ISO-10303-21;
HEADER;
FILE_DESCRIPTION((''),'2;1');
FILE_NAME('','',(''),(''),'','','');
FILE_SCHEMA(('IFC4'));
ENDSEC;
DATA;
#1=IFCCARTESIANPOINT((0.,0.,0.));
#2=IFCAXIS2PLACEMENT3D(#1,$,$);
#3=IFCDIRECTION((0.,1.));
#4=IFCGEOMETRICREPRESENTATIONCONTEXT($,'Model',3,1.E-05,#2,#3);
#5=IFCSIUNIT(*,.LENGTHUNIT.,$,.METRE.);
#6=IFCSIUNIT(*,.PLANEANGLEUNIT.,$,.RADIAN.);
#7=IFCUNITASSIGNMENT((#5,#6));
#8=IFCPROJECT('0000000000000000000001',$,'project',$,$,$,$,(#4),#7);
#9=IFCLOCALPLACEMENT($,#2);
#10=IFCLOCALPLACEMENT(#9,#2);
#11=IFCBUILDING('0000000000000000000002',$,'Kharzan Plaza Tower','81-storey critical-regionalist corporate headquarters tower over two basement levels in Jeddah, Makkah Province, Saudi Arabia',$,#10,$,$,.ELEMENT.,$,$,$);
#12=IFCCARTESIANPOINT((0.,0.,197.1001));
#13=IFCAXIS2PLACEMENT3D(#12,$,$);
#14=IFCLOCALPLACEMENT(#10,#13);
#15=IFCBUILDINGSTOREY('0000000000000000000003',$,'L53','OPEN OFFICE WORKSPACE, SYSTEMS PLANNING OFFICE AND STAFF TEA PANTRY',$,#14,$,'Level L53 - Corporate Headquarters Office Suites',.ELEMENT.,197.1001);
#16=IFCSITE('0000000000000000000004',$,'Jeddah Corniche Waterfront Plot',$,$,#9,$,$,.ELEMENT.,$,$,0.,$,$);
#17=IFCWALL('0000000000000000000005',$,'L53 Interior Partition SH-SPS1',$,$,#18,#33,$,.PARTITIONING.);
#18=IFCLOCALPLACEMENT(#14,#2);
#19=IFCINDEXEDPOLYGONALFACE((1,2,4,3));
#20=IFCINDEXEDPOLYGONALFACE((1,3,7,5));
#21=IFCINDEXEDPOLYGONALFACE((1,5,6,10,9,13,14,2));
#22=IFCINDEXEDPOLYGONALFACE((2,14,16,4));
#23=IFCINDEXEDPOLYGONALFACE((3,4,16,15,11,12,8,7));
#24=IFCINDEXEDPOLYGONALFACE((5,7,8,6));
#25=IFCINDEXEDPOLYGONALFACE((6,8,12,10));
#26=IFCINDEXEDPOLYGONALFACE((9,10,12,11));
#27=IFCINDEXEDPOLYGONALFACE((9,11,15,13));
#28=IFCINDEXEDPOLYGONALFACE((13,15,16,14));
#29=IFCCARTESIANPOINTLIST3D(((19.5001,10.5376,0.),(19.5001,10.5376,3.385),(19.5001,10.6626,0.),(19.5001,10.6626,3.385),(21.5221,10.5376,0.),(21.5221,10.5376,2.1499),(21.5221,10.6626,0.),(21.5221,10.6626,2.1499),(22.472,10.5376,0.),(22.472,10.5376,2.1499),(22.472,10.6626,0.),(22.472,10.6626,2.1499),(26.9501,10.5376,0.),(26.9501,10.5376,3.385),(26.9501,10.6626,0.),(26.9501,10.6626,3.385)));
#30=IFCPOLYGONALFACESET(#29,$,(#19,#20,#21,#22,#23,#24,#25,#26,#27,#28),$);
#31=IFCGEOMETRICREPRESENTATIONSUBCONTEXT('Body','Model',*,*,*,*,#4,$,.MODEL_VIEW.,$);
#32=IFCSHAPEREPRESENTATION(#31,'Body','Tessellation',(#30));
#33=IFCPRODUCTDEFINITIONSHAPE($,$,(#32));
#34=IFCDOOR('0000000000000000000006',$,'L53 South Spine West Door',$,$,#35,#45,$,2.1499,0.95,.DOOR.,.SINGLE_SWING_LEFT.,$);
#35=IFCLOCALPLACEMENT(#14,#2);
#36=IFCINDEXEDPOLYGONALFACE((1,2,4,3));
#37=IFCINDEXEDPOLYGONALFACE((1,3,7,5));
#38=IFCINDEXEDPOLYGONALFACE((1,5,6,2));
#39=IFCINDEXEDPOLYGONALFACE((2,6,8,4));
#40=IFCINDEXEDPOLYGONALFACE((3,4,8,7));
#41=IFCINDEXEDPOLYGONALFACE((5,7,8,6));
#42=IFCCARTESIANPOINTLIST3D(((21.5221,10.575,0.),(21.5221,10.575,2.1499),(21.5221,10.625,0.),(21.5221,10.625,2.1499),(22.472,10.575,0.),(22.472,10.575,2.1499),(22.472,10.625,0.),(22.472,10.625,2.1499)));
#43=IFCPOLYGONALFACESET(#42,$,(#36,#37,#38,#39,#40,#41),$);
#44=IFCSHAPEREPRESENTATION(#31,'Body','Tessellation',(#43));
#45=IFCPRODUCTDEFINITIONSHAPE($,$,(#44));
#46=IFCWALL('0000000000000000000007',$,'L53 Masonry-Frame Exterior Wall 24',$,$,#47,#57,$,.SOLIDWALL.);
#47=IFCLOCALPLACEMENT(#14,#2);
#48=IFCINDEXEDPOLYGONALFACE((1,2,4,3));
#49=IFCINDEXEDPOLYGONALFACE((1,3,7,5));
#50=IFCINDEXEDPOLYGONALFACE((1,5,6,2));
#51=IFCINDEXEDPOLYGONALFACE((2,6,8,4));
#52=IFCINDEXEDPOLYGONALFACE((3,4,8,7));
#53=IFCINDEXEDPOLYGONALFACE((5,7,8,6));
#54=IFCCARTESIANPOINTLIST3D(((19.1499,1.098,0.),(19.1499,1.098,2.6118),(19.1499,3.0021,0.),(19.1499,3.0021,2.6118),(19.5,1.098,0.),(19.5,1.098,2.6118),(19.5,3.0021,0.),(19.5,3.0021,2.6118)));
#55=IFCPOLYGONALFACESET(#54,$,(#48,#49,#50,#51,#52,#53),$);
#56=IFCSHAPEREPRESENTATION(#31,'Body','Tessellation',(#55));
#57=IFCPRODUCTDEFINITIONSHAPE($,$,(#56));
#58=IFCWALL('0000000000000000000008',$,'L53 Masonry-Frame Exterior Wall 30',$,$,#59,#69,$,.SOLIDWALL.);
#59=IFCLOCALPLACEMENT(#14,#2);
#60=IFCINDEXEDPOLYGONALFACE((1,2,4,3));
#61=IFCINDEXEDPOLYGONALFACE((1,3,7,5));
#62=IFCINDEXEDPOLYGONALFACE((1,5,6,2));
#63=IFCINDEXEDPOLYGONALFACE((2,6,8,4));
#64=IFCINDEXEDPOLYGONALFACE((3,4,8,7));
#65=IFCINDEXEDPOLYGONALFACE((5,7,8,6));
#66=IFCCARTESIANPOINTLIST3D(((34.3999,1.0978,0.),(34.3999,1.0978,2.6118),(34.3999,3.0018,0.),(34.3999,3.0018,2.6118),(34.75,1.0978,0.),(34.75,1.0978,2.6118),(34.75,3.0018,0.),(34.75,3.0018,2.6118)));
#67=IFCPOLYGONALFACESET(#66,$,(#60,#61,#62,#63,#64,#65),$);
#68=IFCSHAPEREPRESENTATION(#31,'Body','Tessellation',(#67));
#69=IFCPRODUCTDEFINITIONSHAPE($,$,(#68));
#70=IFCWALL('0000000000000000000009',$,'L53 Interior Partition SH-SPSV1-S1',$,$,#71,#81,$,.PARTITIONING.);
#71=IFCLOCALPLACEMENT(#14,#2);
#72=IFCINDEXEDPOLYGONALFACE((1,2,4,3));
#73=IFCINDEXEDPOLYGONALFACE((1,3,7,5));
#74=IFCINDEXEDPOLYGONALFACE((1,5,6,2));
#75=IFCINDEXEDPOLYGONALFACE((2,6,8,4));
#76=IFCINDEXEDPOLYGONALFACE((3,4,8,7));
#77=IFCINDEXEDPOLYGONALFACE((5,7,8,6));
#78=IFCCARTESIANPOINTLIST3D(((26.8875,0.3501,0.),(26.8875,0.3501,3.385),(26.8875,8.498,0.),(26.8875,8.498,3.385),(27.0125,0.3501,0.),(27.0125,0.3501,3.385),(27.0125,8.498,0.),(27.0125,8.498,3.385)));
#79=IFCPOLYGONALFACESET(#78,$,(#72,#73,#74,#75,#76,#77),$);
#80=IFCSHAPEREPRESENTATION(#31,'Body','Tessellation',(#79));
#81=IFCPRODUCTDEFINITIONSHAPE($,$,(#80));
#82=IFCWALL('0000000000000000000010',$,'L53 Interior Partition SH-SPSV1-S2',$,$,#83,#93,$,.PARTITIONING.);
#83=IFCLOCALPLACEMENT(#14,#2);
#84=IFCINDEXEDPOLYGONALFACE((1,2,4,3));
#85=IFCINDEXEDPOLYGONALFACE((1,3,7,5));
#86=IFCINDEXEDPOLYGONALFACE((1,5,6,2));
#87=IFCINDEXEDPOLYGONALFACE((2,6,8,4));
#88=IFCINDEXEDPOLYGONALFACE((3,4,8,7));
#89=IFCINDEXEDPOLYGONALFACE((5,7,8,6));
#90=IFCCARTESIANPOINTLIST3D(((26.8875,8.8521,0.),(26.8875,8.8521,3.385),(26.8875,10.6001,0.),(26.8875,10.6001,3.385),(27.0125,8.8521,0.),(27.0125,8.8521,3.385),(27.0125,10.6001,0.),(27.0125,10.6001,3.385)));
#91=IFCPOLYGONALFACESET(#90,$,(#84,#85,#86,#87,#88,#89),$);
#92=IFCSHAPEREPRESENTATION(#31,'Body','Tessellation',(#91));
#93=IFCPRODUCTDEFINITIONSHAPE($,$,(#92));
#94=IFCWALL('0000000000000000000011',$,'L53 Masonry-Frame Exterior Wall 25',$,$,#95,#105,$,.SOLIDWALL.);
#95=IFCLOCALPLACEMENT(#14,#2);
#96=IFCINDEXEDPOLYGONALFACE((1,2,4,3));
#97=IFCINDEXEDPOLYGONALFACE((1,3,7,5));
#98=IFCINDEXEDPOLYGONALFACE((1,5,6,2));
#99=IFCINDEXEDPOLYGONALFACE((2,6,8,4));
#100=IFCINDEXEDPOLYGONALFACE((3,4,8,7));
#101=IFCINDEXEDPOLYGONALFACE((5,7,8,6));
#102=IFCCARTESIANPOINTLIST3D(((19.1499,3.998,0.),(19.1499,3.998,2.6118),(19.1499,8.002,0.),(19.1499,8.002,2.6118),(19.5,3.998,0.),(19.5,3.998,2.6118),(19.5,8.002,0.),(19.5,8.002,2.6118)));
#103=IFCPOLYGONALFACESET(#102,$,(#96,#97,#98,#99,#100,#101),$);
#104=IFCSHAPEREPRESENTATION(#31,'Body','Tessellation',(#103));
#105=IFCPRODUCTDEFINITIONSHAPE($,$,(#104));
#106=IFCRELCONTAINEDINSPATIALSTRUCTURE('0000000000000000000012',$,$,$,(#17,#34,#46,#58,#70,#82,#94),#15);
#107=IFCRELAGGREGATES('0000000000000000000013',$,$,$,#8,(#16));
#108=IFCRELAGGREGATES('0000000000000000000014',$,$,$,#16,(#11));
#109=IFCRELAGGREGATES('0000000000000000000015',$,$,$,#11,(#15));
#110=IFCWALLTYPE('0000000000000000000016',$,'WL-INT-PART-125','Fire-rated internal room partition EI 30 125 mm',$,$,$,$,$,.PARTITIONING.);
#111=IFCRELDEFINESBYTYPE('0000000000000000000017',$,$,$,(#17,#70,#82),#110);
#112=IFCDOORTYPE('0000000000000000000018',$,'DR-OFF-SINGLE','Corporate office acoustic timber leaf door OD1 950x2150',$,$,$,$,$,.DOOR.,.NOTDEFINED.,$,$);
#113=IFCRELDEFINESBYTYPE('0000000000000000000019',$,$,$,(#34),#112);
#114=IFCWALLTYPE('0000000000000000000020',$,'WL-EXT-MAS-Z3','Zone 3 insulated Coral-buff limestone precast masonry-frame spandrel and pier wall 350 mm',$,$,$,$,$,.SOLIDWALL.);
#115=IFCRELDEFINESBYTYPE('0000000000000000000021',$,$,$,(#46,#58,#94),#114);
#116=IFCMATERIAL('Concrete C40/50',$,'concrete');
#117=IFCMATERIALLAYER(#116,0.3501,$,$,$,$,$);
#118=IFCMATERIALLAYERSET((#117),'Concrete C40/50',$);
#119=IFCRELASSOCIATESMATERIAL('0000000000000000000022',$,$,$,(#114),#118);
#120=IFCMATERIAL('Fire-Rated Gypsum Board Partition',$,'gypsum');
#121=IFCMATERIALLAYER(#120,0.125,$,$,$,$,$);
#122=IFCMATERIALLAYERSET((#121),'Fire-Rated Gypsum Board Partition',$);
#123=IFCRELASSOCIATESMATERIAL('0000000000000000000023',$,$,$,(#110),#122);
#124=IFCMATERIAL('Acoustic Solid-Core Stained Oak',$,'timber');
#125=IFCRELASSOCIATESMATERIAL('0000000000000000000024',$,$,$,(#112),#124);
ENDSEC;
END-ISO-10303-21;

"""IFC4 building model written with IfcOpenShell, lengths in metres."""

from ifc_helpers import new_model, si_unit, direction, frame, frame_2d, origin, place, context, subcontext, project, spatial, rectangle, extrude, source, transform, mapped, material, layer, layer_set, type_object, element, fill, save


model = new_model("IFC4")

# Units and contexts
model_context = context("Model", 3, precision=1e-05, world=origin(), true_north=direction((0.0, 1.0)))
body_context = subcontext(model_context, "Body", "Model", "MODEL_VIEW")
ifc_project = project(units=[si_unit("LENGTHUNIT", "METRE"), si_unit("PLANEANGLEUNIT", "RADIAN")], contexts=[model_context])

# Site, building, storey
site_placement = place(None, origin())
site = spatial("IfcSite", under=ifc_project, at=site_placement, Name="Jeddah Corniche Waterfront Plot", CompositionType="ELEMENT", RefElevation=0.0)
building_placement = place(site_placement, origin())
building = spatial("IfcBuilding", under=site, at=building_placement, Name="Kharzan Plaza Tower", Description="81-storey critical-regionalist corporate headquarters tower over two basement levels in Jeddah, Makkah Province, Saudi Arabia", CompositionType="ELEMENT")
storey_placement = place(building_placement, frame((0.0, 0.0, 197.1001)))
storey = spatial("IfcBuildingStorey", under=building, at=storey_placement, Name="L53", Description="OPEN OFFICE WORKSPACE, SYSTEMS PLANNING OFFICE AND STAFF TEA PANTRY", LongName="Level L53 - Corporate Headquarters Office Suites", CompositionType="ELEMENT", Elevation=197.1001)

# Shared definitions
ifc_material_1 = material(Name="Concrete C40/50", Category="concrete")
ifc_layer_1 = layer(ifc_material_1, 0.3501)
ifc_layer_set_1 = layer_set([ifc_layer_1], Name="Concrete C40/50")
wall_type_1 = type_object("IfcWallType", Name="WL-EXT-MAS-Z3", Description="Zone 3 insulated Coral-buff limestone precast masonry-frame spandrel and pier wall 350 mm", PredefinedType="SOLIDWALL", material=ifc_layer_set_1)

# Wall, opening, door
ifc_material_2 = material(Name="Fire-Rated Gypsum Board Partition", Category="gypsum")
ifc_layer_2 = layer(ifc_material_2, 0.125)
ifc_layer_set_2 = layer_set([ifc_layer_2], Name="Fire-Rated Gypsum Board Partition")
wall_type_2 = type_object("IfcWallType", Name="WL-INT-PART-125", Description="Fire-rated internal room partition EI 30 125 mm", PredefinedType="PARTITIONING", material=ifc_layer_set_2)
wall_1_placement = place(storey_placement, frame((19.5, 10.6001, 0.0), z_axis=(0.0, 0.0, 1.0), x_axis=(1.0, 0.0, 0.0)))
wall_1 = element("IfcWall", 1, at=wall_1_placement, inside=storey, type_object=wall_type_2, Name="L53 Interior Partition SH-SPS1", PredefinedType="PARTITIONING", context=body_context, shape_type="SweptSolid", body=[
    extrude(rectangle(XDim=7.45, YDim=0.125, at=frame_2d((3.7251, 0.0))), origin(), (0.0, 0.0, 1.0), 3.385),
])
opening_1_placement = place(wall_1_placement, frame((2.022, 0.0, 0.0)))
opening_1 = element("IfcOpeningElement", 2, at=opening_1_placement, cuts=wall_1, PredefinedType="OPENING", context=body_context, shape_type="SweptSolid", body=[
    extrude(rectangle(XDim=0.95, YDim=2.1499, at=frame_2d((0.4751, 1.075))), frame((0.0, 0.0725, 0.0), z_axis=(0.0, -1.0, 0.0), x_axis=(1.0, 0.0, 0.0)), (0.0, 0.0, 1.0), 0.145),
])
ifc_material_3 = material(Name="Acoustic Solid-Core Stained Oak", Category="timber")
door_type = type_object("IfcDoorType", Name="DR-OFF-SINGLE", Description="Corporate office acoustic timber leaf door OD1 950x2150", OperationType="NOTDEFINED", PredefinedType="DOOR", material=ifc_material_3)
shared_shape_1 = source(origin(), body_context, "Body", "SweptSolid", [
    extrude(rectangle(XDim=0.95, YDim=2.1499, at=frame_2d((0.4751, 1.075))), frame((0.0, 0.0249, 0.0), z_axis=(0.0, -1.0, 0.0), x_axis=(1.0, 0.0, 0.0)), (0.0, 0.0, 1.0), 0.05),
])
door_placement = place(opening_1_placement, origin())
door = element("IfcDoor", 3, at=door_placement, inside=storey, type_object=door_type, Name="L53 South Spine West Door", OperationType="SINGLE_SWING_LEFT", OverallHeight=2.1499, OverallWidth=0.95, PredefinedType="DOOR", context=body_context, shape_type="MappedRepresentation", body=[
    mapped(shared_shape_1, transform((0.0, 0.0, 0.0), x_axis=(1.0, 0.0, 0.0), y_axis=(0.0, 1.0, 0.0), z_axis=(0.0, 0.0, 1.0))),
])
fill(opening_1, door)

# Walls
shared_shape_2 = source(origin(), body_context, "Body", "SweptSolid", [
    extrude(rectangle(XDim=1.9041, YDim=0.3501, at=frame_2d((0.9521, 0.0))), origin(), (0.0, 0.0, 1.0), 2.6118),
])
for number, where, z_axis, x_axis, name in (
    (4, (19.325, 1.0979, 0.0), (0.0, 0.0, 1.0), (0.0, 1.0, 0.0), "L53 Masonry-Frame Exterior Wall 24"),
    (5, (34.575, 3.002, 0.0), (0.0, 0.0, 1.0), (0.0, -1.0, 0.0), "L53 Masonry-Frame Exterior Wall 30"),
):
    element("IfcWall", number, at=place(storey_placement, frame(where, z_axis=z_axis, x_axis=x_axis)), inside=storey, type_object=wall_type_1, Name=name, PredefinedType="SOLIDWALL", context=body_context, shape_type="MappedRepresentation", body=[
        mapped(shared_shape_2, transform((0.0, 0.0, 0.0), x_axis=(1.0, 0.0, 0.0), y_axis=(0.0, 1.0, 0.0), z_axis=(0.0, 0.0, 1.0))),
    ])
shared_shape_3 = source(origin(), body_context, "Body", "SweptSolid", [
    extrude(rectangle(XDim=8.1479, YDim=0.125, at=frame_2d((4.074, 0.0))), origin(), (0.0, 0.0, 1.0), 3.385),
])
wall_2_placement = place(storey_placement, frame((26.95, 0.3501, 0.0), z_axis=(0.0, 0.0, 1.0), x_axis=(0.0, 1.0, 0.0)))
element("IfcWall", 6, at=wall_2_placement, inside=storey, type_object=wall_type_2, Name="L53 Interior Partition SH-SPSV1-S1", PredefinedType="PARTITIONING", context=body_context, shape_type="MappedRepresentation", body=[
    mapped(shared_shape_3, transform((0.0, 0.0, 0.0), x_axis=(1.0, 0.0, 0.0), y_axis=(0.0, 1.0, 0.0), z_axis=(0.0, 0.0, 1.0))),
])
shared_shape_4 = source(origin(), body_context, "Body", "SweptSolid", [
    extrude(rectangle(XDim=1.748, YDim=0.125, at=frame_2d((0.874, 0.0))), origin(), (0.0, 0.0, 1.0), 3.385),
])
wall_3_placement = place(storey_placement, frame((26.95, 8.8521, 0.0), z_axis=(0.0, 0.0, 1.0), x_axis=(0.0, 1.0, 0.0)))
element("IfcWall", 7, at=wall_3_placement, inside=storey, type_object=wall_type_2, Name="L53 Interior Partition SH-SPSV1-S2", PredefinedType="PARTITIONING", context=body_context, shape_type="MappedRepresentation", body=[
    mapped(shared_shape_4, transform((0.0, 0.0, 0.0), x_axis=(1.0, 0.0, 0.0), y_axis=(0.0, 1.0, 0.0), z_axis=(0.0, 0.0, 1.0))),
])
shared_shape_5 = source(origin(), body_context, "Body", "SweptSolid", [
    extrude(rectangle(XDim=4.0039, YDim=0.3501, at=frame_2d((2.002, 0.0))), origin(), (0.0, 0.0, 1.0), 2.6118),
])
wall_4_placement = place(storey_placement, frame((19.325, 3.998, 0.0), z_axis=(0.0, 0.0, 1.0), x_axis=(0.0, 1.0, 0.0)))
element("IfcWall", 8, at=wall_4_placement, inside=storey, type_object=wall_type_1, Name="L53 Masonry-Frame Exterior Wall 25", PredefinedType="SOLIDWALL", context=body_context, shape_type="MappedRepresentation", body=[
    mapped(shared_shape_5, transform((0.0, 0.0, 0.0), x_axis=(1.0, 0.0, 0.0), y_axis=(0.0, 1.0, 0.0), z_axis=(0.0, 0.0, 1.0))),
])

save(model, "model.ifc")
